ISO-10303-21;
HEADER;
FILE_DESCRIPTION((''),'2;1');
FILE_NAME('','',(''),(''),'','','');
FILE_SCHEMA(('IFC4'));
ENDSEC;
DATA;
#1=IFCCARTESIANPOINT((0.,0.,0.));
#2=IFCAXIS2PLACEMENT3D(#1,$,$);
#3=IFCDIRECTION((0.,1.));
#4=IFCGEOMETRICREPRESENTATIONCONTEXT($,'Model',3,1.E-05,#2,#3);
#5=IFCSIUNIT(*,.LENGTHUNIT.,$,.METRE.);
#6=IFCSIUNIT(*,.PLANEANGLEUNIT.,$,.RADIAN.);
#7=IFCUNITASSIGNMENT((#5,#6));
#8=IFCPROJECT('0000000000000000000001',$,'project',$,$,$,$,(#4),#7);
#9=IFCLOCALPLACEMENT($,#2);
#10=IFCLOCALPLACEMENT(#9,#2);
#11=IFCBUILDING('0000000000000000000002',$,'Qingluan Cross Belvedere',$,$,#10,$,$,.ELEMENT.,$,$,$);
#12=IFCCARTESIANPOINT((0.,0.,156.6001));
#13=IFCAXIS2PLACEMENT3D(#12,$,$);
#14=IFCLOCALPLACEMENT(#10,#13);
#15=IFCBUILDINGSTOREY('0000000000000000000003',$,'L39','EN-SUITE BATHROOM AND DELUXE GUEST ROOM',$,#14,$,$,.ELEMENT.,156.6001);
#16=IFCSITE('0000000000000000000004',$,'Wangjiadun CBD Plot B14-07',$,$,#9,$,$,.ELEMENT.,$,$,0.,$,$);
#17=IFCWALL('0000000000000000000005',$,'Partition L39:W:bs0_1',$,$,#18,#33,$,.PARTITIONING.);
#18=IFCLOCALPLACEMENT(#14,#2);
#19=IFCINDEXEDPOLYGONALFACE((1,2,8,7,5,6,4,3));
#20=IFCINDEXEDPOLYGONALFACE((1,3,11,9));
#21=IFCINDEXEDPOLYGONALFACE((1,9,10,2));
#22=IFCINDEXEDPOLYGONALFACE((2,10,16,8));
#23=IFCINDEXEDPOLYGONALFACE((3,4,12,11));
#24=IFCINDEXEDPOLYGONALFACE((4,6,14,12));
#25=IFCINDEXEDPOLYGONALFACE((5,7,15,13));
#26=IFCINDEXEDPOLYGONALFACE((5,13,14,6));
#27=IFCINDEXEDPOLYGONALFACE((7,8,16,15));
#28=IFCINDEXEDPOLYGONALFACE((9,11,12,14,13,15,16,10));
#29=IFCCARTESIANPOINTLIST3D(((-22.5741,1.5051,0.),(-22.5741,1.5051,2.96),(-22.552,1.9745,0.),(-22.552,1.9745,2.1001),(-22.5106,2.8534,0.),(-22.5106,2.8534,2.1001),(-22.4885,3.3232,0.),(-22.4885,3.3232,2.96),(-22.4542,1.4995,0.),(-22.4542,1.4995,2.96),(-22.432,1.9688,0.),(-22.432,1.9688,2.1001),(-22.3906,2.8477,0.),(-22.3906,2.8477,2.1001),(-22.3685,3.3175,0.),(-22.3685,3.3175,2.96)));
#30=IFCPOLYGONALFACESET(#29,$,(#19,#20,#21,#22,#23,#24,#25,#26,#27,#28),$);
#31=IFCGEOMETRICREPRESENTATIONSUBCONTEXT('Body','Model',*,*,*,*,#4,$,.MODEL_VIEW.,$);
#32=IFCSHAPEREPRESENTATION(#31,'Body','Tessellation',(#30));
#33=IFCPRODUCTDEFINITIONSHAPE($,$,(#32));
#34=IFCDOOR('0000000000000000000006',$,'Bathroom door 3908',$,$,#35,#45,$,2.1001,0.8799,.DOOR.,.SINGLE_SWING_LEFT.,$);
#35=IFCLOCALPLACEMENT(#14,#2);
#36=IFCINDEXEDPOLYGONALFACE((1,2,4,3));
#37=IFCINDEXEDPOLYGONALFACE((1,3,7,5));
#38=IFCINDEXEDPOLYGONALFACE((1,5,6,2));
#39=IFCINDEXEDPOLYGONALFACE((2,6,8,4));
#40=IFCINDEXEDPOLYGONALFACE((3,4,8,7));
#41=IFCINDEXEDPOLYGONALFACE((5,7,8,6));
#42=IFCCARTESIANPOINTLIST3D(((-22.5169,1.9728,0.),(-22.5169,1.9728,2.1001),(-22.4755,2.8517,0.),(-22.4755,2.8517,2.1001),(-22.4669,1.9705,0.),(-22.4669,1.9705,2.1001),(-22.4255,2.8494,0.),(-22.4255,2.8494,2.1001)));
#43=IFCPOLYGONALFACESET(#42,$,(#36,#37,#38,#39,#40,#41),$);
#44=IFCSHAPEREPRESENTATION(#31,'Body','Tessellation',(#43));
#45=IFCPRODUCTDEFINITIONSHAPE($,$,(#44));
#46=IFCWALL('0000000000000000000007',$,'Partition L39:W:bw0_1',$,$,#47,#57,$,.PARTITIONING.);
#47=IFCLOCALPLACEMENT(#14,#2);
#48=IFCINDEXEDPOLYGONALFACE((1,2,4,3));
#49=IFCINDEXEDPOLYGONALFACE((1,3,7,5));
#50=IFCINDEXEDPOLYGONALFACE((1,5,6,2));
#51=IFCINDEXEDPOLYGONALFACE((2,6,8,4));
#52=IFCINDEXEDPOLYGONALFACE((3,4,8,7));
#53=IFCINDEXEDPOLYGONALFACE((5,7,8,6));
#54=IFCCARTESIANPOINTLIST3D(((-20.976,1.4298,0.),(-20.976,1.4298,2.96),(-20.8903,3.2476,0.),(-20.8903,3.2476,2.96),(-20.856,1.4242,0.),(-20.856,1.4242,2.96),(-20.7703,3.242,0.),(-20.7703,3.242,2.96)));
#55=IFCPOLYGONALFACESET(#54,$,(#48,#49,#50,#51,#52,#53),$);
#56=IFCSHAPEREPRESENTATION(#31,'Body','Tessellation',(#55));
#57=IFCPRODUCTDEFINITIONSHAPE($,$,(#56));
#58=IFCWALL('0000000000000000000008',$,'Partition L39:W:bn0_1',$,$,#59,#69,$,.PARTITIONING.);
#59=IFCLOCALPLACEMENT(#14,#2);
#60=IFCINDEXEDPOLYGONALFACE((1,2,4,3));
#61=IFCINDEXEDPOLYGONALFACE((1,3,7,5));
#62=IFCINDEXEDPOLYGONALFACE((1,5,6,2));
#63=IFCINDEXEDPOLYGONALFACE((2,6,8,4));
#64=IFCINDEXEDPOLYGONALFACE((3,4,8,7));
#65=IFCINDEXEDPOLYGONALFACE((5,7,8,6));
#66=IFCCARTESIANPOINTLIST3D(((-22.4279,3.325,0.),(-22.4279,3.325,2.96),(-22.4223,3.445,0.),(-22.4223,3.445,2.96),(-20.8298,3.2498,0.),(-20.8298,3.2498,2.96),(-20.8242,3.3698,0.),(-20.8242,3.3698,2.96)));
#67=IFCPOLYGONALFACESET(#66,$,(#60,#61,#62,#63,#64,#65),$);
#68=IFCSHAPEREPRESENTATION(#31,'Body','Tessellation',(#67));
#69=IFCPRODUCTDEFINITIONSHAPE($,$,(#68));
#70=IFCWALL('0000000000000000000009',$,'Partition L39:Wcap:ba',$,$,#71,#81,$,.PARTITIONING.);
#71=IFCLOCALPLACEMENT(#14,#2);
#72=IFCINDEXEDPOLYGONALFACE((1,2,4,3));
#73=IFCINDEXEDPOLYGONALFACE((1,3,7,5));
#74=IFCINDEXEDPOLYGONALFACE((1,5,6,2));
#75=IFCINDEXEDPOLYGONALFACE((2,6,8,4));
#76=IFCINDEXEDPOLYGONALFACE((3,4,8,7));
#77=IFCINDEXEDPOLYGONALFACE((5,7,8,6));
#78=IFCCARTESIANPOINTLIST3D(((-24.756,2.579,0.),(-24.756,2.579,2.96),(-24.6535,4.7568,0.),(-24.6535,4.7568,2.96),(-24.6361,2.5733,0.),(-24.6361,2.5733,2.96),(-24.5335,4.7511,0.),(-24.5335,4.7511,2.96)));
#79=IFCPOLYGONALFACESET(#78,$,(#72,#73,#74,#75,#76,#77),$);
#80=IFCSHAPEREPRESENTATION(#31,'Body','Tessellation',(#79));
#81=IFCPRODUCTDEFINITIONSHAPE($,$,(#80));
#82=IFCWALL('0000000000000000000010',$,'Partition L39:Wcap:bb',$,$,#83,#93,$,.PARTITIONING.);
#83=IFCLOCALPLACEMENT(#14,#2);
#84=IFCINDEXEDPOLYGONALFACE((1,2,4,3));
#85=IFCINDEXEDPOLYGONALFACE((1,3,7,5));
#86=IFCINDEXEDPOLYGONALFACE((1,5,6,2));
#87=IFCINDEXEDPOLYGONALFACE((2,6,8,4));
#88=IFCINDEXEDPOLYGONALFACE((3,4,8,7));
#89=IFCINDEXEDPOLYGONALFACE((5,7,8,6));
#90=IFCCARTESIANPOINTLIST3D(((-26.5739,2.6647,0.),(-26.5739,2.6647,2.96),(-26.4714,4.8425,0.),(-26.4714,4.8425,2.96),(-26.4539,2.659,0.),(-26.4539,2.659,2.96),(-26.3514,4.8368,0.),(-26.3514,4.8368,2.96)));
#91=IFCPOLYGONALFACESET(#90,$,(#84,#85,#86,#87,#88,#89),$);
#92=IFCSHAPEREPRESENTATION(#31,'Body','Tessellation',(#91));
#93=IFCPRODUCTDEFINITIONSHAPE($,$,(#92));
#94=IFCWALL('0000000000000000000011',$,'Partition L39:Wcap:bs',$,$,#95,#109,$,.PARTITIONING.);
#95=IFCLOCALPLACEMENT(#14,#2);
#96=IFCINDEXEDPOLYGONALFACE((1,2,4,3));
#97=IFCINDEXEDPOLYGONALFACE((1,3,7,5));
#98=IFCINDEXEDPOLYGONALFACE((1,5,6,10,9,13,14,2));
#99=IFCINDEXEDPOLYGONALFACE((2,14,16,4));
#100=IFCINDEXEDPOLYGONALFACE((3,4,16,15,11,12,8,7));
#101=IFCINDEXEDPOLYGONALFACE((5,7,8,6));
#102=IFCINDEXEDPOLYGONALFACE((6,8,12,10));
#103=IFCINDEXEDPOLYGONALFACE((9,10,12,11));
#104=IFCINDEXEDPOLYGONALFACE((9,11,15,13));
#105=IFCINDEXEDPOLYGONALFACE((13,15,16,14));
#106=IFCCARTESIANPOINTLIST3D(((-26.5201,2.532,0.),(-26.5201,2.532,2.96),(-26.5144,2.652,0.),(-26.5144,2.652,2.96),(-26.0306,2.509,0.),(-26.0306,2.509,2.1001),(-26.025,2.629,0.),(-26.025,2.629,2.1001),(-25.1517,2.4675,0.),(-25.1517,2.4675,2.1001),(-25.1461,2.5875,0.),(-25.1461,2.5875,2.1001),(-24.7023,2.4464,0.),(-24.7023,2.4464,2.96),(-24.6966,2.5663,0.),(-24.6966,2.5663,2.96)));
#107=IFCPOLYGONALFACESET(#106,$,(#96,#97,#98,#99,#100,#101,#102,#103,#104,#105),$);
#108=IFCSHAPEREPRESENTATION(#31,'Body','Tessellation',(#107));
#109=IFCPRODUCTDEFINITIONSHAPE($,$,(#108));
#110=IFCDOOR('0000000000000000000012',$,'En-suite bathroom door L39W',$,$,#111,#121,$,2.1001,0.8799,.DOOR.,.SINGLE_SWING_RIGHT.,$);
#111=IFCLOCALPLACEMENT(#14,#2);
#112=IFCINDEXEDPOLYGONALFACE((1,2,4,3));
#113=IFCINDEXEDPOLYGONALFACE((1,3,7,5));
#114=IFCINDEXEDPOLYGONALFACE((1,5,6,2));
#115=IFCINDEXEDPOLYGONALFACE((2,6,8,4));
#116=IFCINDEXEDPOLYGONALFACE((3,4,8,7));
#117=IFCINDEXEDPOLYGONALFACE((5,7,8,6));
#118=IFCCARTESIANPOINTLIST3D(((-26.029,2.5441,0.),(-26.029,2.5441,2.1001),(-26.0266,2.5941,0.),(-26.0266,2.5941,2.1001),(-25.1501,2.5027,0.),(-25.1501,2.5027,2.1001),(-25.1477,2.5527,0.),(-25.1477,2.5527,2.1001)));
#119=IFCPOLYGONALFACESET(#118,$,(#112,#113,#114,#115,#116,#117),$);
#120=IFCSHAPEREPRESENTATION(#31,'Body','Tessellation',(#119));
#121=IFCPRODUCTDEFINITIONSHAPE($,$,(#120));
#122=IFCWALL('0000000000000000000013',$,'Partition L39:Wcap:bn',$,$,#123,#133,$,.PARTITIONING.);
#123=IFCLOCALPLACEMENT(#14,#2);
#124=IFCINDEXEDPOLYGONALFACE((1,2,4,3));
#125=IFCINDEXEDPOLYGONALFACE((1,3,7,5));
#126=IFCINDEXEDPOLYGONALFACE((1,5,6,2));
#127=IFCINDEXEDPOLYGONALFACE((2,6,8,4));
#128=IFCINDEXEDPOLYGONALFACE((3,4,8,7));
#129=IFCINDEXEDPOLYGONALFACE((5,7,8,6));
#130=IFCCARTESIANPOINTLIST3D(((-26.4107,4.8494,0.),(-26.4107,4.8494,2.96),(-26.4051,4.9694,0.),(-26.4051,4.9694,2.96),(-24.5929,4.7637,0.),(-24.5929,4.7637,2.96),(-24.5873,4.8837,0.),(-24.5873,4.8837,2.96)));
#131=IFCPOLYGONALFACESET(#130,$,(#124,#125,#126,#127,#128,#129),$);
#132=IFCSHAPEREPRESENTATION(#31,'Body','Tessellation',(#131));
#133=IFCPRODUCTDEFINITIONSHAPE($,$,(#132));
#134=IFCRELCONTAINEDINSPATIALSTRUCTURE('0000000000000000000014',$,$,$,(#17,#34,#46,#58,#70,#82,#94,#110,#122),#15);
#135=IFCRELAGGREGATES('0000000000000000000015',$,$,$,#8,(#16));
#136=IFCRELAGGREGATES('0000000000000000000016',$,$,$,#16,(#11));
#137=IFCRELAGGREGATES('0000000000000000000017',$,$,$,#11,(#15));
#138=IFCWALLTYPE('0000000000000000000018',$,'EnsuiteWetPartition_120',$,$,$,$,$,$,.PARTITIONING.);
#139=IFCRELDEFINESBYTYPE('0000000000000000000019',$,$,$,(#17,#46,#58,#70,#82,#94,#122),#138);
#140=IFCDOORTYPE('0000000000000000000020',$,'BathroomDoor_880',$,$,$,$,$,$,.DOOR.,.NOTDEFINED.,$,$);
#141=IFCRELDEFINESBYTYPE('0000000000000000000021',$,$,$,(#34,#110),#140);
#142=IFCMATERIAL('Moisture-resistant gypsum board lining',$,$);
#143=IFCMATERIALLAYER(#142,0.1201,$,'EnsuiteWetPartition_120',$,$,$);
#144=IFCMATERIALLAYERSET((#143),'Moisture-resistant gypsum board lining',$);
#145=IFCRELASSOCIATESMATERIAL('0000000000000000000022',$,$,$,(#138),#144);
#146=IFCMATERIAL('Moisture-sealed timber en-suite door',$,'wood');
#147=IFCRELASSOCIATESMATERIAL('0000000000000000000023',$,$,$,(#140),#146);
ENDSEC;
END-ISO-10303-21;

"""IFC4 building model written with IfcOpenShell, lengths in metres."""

from ifc_helpers import new_model, si_unit, direction, frame, frame_2d, origin, place, context, subcontext, project, spatial, rectangle, extrude, material, layer, layer_set, type_object, element, fill, save


model = new_model("IFC4")

# Units and contexts
model_context = context("Model", 3, precision=1e-05, world=origin(), true_north=direction((0.0, 1.0)))
body_context = subcontext(model_context, "Body", "Model", "MODEL_VIEW")
ifc_project = project(units=[si_unit("LENGTHUNIT", "METRE"), si_unit("PLANEANGLEUNIT", "RADIAN")], contexts=[model_context])

# Site, building, storey
site_placement = place(None, origin())
site = spatial("IfcSite", under=ifc_project, at=site_placement, Name="Wangjiadun CBD Plot B14-07", CompositionType="ELEMENT", RefElevation=0.0)
building_placement = place(site_placement, origin())
building = spatial("IfcBuilding", under=site, at=building_placement, Name="Qingluan Cross Belvedere", CompositionType="ELEMENT")
storey_placement = place(building_placement, frame((0.0, 0.0, 156.6001)))
storey = spatial("IfcBuildingStorey", under=building, at=storey_placement, Name="L39", Description="EN-SUITE BATHROOM AND DELUXE GUEST ROOM", CompositionType="ELEMENT", Elevation=156.6001)

# Shared definitions
ifc_material_1 = material(Name="Moisture-resistant gypsum board lining")
ifc_layer_1 = layer(ifc_material_1, 0.1201, Name="EnsuiteWetPartition_120")
ifc_layer_set_1 = layer_set([ifc_layer_1], Name="Moisture-resistant gypsum board lining")
wall_type_1 = type_object("IfcWallType", Name="EnsuiteWetPartition_120", PredefinedType="PARTITIONING", material=ifc_layer_set_1)
ifc_material_2 = material(Name="Moisture-sealed timber en-suite door", Category="wood")
door_type_1 = type_object("IfcDoorType", Name="BathroomDoor_880", OperationType="NOTDEFINED", PredefinedType="DOOR", material=ifc_material_2)

# Wall, opening, door
wall_1_placement = place(storey_placement, frame((-22.5142, 1.5022, 0.0), z_axis=(0.0, 0.0, 1.0), x_axis=(0.047081, 0.998891, 0.0)))
wall_1 = element("IfcWall", 1, at=wall_1_placement, inside=storey, type_object=wall_type_1, Name="Partition L39:W:bs0_1", PredefinedType="PARTITIONING", context=body_context, shape_type="SweptSolid", body=[
    extrude(rectangle(XDim=1.8201, YDim=0.1201, at=frame_2d((0.9102, 0.0))), origin(), (0.0, 0.0, 1.0), 2.96),
])
opening_1_placement = place(wall_1_placement, frame((0.47, 0.0, 0.0)))
opening_1 = element("IfcOpeningElement", 2, at=opening_1_placement, cuts=wall_1, PredefinedType="OPENING", context=body_context, shape_type="SweptSolid", body=[
    extrude(rectangle(XDim=0.8799, YDim=2.1001, at=frame_2d((0.4399, 1.05))), frame((0.0, 0.0701, 0.0), z_axis=(0.0, -1.0, 0.0), x_axis=(1.0, 0.0, 0.0)), (0.0, 0.0, 1.0), 0.1401),
])
door_1_placement = place(opening_1_placement, origin())
door_1 = element("IfcDoor", 3, at=door_1_placement, inside=storey, type_object=door_type_1, Name="Bathroom door 3908", OperationType="SINGLE_SWING_LEFT", OverallHeight=2.1001, OverallWidth=0.8799, PredefinedType="DOOR", context=body_context, shape_type="SweptSolid", body=[
    extrude(rectangle(XDim=0.8799, YDim=2.1001, at=frame_2d((0.4399, 1.05))), frame((0.0, 0.0249, 0.0), z_axis=(0.0, -1.0, 0.0), x_axis=(1.0, 0.0, 0.0)), (0.0, 0.0, 1.0), 0.05),
])
fill(opening_1, door_1)

# Walls
wall_2_placement = place(storey_placement, frame((-20.916, 1.427, 0.0), z_axis=(0.0, 0.0, 1.0), x_axis=(0.047087, 0.998891, 0.0)))
element("IfcWall", 4, at=wall_2_placement, inside=storey, type_object=wall_type_1, Name="Partition L39:W:bw0_1", PredefinedType="PARTITIONING", context=body_context, shape_type="SweptSolid", body=[
    extrude(rectangle(XDim=1.8198, YDim=0.1201, at=frame_2d((0.9099, 0.0))), origin(), (0.0, 0.0, 1.0), 2.96),
])
wall_3_placement = place(storey_placement, frame((-20.8271, 3.3098, 0.0), z_axis=(0.0, 0.0, 1.0), x_axis=(-0.998895, 0.047, 0.0)))
element("IfcWall", 5, at=wall_3_placement, inside=storey, type_object=wall_type_1, Name="Partition L39:W:bn0_1", PredefinedType="PARTITIONING", context=body_context, shape_type="SweptSolid", body=[
    extrude(rectangle(XDim=1.5999, YDim=0.1201, at=frame_2d((0.7998, 0.0))), origin(), (0.0, 0.0, 1.0), 2.96),
])
for number, where, z_axis, x_axis, name in (
    (6, (-24.696, 2.5762, 0.0), (0.0, 0.0, 1.0), (0.047033, 0.998893, 0.0), "Partition L39:Wcap:ba"),
    (7, (-26.5139, 2.6619, 0.0), (0.0, 0.0, 1.0), (0.047033, 0.998893, 0.0), "Partition L39:Wcap:bb"),
):
    element("IfcWall", number, at=place(storey_placement, frame(where, z_axis=z_axis, x_axis=x_axis)), inside=storey, type_object=wall_type_1, Name=name, PredefinedType="PARTITIONING", context=body_context, shape_type="SweptSolid", body=[
        extrude(rectangle(XDim=2.1802, YDim=0.1201, at=frame_2d((1.0901, 0.0))), origin(), (0.0, 0.0, 1.0), 2.96),
    ])

# Wall, opening, door
wall_4_placement = place(storey_placement, frame((-24.6995, 2.5063, 0.0), z_axis=(0.0, 0.0, 1.0), x_axis=(-0.998891, 0.047087, 0.0)))
wall_4 = element("IfcWall", 8, at=wall_4_placement, inside=storey, type_object=wall_type_1, Name="Partition L39:Wcap:bs", PredefinedType="PARTITIONING", context=body_context, shape_type="SweptSolid", body=[
    extrude(rectangle(XDim=1.8198, YDim=0.1201, at=frame_2d((0.9099, 0.0))), origin(), (0.0, 0.0, 1.0), 2.96),
])
opening_2_placement = place(wall_4_placement, frame((0.45, 0.0, 0.0)))
opening_2 = element("IfcOpeningElement", 9, at=opening_2_placement, cuts=wall_4, PredefinedType="OPENING", context=body_context, shape_type="SweptSolid", body=[
    extrude(rectangle(XDim=0.8799, YDim=2.1001, at=frame_2d((0.4399, 1.05))), frame((0.0, 0.0701, 0.0), z_axis=(0.0, -1.0, 0.0), x_axis=(1.0, 0.0, 0.0)), (0.0, 0.0, 1.0), 0.1401),
])
door_2_placement = place(opening_2_placement, origin())
door_2 = element("IfcDoor", 10, at=door_2_placement, inside=storey, type_object=door_type_1, Name="En-suite bathroom door L39W", OperationType="SINGLE_SWING_RIGHT", OverallHeight=2.1001, OverallWidth=0.8799, PredefinedType="DOOR", context=body_context, shape_type="SweptSolid", body=[
    extrude(rectangle(XDim=0.8799, YDim=2.1001, at=frame_2d((0.4399, 1.05))), frame((0.0, 0.0249, 0.0), z_axis=(0.0, -1.0, 0.0), x_axis=(1.0, 0.0, 0.0)), (0.0, 0.0, 1.0), 0.05),
])
fill(opening_2, door_2)

# Wall
wall_5_placement = place(storey_placement, frame((-24.5901, 4.8237, 0.0), z_axis=(0.0, 0.0, 1.0), x_axis=(-0.998891, 0.047087, 0.0)))
element("IfcWall", 11, at=wall_5_placement, inside=storey, type_object=wall_type_1, Name="Partition L39:Wcap:bn", PredefinedType="PARTITIONING", context=body_context, shape_type="SweptSolid", body=[
    extrude(rectangle(XDim=1.8198, YDim=0.1201, at=frame_2d((0.9099, 0.0))), origin(), (0.0, 0.0, 1.0), 2.96),
])

save(model, "model.ifc")
